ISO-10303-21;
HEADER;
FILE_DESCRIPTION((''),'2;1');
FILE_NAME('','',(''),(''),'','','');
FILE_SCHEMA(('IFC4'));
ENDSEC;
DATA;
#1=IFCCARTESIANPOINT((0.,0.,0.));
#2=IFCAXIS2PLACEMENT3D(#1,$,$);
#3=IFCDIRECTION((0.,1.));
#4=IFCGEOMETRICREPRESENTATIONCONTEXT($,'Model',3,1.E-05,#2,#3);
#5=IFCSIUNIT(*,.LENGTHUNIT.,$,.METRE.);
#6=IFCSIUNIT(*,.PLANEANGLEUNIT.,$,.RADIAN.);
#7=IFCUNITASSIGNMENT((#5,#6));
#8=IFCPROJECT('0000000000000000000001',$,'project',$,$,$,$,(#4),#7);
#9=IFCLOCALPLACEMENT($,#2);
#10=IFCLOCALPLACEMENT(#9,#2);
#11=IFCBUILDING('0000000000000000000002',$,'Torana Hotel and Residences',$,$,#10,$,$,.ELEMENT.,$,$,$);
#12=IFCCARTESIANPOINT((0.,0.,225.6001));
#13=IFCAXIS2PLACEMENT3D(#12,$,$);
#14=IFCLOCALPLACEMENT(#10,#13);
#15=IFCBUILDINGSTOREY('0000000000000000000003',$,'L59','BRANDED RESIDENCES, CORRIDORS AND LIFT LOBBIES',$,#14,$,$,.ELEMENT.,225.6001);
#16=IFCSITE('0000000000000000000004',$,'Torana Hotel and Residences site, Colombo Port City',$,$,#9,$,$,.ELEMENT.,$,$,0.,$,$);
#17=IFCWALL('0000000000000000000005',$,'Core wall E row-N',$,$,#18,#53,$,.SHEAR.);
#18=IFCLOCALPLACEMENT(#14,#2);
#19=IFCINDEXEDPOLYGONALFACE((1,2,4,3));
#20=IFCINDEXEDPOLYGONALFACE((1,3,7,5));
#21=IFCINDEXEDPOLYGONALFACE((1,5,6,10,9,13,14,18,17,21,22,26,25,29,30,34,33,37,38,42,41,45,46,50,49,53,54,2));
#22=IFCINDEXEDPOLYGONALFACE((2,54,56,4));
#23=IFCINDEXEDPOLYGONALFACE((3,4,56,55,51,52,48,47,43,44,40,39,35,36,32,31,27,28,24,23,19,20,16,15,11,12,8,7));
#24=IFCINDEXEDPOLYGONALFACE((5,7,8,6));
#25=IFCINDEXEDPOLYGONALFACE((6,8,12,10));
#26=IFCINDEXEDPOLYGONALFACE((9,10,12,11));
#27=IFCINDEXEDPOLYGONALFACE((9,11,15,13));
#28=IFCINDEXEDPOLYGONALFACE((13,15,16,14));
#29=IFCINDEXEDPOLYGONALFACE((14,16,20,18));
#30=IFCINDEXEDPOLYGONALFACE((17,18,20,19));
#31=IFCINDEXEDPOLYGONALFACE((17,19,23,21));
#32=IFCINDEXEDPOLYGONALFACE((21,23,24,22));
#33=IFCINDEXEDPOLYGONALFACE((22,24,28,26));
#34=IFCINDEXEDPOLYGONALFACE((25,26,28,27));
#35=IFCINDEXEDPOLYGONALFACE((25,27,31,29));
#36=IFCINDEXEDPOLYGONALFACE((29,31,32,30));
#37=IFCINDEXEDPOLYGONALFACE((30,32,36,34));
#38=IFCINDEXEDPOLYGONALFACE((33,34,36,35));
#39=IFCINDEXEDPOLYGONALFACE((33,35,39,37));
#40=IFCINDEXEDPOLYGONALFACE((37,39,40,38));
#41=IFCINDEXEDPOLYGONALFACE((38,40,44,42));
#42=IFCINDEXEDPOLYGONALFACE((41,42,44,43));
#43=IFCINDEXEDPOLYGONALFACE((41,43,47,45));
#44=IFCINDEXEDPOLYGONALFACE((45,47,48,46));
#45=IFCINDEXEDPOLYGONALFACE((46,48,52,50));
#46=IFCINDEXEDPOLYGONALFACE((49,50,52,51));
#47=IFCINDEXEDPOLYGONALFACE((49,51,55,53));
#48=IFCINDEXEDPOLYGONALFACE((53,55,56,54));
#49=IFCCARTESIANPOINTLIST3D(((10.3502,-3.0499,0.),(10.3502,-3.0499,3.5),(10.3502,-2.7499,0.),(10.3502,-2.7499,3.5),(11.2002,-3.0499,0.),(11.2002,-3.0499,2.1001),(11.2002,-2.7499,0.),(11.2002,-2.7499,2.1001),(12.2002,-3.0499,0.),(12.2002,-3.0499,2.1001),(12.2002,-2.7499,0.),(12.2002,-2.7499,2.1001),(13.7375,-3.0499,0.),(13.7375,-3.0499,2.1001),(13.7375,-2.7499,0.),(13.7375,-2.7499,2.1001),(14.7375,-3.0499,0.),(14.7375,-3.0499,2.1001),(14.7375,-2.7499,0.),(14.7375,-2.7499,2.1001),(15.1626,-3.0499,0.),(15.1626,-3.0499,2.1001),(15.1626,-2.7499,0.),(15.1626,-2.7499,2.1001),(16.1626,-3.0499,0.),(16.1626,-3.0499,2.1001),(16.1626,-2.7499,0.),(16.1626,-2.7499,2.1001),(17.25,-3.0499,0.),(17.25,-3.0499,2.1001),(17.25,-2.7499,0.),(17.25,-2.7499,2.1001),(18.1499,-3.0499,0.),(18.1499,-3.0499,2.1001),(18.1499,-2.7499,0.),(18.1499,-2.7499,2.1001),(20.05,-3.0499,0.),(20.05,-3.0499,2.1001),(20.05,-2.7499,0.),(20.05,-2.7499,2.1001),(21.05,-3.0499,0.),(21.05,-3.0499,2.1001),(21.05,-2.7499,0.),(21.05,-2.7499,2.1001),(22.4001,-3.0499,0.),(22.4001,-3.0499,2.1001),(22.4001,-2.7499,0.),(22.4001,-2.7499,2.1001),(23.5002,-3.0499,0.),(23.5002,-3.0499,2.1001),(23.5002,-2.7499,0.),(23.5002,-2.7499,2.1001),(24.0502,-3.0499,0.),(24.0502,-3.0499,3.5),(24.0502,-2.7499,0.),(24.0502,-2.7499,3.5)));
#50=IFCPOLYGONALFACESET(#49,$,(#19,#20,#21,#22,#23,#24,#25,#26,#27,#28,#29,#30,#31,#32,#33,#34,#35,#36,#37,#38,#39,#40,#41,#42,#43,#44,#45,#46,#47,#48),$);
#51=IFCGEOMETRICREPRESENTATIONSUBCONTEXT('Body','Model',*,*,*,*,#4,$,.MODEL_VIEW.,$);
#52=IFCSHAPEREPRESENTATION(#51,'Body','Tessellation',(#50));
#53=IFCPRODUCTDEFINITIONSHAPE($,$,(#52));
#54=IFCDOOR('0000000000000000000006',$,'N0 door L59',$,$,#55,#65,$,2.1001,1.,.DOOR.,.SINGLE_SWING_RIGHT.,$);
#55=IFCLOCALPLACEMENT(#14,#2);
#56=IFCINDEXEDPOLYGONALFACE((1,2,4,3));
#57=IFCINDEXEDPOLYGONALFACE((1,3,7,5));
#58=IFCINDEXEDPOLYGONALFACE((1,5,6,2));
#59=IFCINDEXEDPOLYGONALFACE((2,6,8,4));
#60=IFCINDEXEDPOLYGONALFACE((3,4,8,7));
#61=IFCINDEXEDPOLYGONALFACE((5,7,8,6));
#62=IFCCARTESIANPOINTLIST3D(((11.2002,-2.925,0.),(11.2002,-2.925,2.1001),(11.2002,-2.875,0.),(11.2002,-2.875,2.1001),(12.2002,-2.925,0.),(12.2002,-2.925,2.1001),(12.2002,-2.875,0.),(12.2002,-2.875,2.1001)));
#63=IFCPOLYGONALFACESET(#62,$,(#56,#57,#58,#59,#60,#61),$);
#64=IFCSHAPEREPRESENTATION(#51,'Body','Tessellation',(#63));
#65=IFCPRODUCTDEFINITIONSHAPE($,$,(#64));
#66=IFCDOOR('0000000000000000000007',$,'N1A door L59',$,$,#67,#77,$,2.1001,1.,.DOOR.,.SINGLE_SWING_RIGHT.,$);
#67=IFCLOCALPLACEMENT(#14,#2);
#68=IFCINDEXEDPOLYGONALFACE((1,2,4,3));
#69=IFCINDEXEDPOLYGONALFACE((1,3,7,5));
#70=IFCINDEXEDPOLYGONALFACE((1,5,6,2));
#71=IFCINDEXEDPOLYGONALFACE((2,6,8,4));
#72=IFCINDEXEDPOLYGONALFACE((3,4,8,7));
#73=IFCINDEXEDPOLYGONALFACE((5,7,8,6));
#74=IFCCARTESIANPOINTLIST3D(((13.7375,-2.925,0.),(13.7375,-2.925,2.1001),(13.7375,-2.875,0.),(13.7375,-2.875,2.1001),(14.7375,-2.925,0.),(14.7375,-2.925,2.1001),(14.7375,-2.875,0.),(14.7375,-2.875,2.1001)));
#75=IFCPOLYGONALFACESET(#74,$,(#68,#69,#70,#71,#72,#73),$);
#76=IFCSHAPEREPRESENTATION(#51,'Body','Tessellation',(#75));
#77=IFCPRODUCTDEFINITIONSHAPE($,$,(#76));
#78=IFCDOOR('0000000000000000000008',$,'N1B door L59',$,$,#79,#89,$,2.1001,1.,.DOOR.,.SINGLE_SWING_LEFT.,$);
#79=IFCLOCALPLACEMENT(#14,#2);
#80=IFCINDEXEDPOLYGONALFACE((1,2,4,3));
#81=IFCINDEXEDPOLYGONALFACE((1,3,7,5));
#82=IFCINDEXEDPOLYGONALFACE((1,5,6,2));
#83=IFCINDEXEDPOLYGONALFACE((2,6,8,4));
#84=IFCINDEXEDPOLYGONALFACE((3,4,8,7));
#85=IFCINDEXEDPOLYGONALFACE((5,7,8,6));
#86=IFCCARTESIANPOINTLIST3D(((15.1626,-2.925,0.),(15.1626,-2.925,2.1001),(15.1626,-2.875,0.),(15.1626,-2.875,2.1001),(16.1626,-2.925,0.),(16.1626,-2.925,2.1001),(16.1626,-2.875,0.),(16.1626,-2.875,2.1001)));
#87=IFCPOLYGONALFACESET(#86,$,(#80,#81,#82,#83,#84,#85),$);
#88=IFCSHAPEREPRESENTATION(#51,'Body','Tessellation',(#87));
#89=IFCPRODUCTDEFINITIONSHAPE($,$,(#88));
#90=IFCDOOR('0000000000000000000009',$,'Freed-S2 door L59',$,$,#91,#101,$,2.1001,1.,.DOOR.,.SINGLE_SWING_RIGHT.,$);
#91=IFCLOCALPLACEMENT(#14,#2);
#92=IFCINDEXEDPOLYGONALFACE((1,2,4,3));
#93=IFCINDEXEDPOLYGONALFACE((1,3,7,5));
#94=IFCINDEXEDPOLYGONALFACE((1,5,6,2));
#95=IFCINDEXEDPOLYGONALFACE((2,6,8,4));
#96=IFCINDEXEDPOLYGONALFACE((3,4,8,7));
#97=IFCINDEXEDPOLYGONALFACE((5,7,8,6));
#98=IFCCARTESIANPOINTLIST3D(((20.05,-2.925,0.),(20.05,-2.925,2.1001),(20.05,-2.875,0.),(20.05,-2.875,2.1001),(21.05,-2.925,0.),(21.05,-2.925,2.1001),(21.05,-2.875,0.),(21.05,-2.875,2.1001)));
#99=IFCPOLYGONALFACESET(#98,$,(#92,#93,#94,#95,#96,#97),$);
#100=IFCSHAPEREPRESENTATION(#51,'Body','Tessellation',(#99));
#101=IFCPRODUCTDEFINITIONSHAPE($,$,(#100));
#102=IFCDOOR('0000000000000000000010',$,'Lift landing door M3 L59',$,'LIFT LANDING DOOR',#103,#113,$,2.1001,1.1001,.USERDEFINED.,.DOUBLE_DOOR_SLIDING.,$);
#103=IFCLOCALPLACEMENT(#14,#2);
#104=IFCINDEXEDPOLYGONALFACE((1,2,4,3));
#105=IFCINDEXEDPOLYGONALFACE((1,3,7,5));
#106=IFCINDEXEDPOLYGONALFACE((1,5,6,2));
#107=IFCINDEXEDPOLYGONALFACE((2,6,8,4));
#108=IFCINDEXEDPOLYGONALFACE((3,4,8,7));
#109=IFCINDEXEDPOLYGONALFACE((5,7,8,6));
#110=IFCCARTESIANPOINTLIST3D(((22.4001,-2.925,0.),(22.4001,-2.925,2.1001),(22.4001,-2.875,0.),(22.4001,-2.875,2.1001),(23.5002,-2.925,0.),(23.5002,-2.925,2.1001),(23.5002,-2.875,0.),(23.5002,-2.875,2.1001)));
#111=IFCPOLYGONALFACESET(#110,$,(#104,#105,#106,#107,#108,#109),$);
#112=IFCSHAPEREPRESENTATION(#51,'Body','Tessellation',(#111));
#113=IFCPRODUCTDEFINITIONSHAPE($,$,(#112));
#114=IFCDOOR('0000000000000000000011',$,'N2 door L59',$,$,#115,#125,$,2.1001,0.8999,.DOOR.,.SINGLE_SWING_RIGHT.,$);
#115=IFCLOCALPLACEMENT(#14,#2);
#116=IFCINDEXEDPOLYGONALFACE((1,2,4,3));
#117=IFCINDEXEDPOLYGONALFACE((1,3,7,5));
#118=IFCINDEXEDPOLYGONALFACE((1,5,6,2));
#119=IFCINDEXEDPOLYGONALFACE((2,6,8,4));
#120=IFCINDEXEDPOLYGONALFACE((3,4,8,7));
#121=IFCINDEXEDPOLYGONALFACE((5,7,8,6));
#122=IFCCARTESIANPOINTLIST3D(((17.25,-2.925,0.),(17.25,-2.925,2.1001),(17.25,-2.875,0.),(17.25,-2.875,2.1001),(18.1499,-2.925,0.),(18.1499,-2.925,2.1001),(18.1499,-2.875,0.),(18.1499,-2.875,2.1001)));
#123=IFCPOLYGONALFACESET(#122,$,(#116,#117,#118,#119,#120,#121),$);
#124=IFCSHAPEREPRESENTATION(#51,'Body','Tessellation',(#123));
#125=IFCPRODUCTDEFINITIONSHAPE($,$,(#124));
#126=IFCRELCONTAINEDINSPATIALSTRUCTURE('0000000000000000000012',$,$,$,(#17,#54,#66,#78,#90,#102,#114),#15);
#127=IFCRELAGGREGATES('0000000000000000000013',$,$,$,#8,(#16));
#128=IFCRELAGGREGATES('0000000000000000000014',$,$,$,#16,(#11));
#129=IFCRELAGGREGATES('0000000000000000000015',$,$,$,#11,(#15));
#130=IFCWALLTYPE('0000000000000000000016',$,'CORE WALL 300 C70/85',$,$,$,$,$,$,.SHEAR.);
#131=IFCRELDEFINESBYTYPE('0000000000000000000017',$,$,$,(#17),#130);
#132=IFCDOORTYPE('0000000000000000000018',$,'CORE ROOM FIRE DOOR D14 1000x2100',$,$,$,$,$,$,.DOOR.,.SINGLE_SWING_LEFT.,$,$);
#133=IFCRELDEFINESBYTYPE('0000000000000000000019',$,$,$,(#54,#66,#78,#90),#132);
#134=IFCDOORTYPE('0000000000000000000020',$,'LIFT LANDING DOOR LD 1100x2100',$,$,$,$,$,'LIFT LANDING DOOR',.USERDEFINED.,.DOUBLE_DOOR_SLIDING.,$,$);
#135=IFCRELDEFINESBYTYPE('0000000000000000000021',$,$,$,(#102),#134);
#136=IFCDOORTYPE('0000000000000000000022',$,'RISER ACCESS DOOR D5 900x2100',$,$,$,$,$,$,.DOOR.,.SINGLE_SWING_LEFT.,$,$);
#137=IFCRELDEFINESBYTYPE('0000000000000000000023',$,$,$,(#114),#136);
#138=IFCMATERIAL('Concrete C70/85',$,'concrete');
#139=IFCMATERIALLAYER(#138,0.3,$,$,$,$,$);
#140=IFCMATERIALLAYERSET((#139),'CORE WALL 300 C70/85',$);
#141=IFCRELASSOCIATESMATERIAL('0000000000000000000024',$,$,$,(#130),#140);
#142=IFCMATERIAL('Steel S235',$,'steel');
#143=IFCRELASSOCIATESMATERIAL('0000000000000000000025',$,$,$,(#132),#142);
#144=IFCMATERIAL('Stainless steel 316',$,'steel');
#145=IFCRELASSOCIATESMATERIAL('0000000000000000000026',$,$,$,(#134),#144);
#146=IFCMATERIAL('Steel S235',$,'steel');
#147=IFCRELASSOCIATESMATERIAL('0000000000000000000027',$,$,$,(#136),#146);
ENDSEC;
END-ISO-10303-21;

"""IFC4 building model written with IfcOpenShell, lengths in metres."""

from ifc_helpers import new_model, si_unit, direction, frame, frame_2d, origin, place, context, subcontext, project, spatial, rectangle, extrude, material, layer, layer_set, type_object, element, fill, save


model = new_model("IFC4")

# Units and contexts
model_context = context("Model", 3, precision=1e-05, world=origin(), true_north=direction((0.0, 1.0)))
body_context = subcontext(model_context, "Body", "Model", "MODEL_VIEW")
ifc_project = project(units=[si_unit("LENGTHUNIT", "METRE"), si_unit("PLANEANGLEUNIT", "RADIAN")], contexts=[model_context])

# Site, building, storey
site_placement = place(None, origin())
site = spatial("IfcSite", under=ifc_project, at=site_placement, Name="Torana Hotel and Residences site, Colombo Port City", CompositionType="ELEMENT", RefElevation=0.0)
building_placement = place(site_placement, origin())
building = spatial("IfcBuilding", under=site, at=building_placement, Name="Torana Hotel and Residences", CompositionType="ELEMENT")
storey_placement = place(building_placement, frame((0.0, 0.0, 225.6001)))
storey = spatial("IfcBuildingStorey", under=building, at=storey_placement, Name="L59", Description="BRANDED RESIDENCES, CORRIDORS AND LIFT LOBBIES", CompositionType="ELEMENT", Elevation=225.6001)

# Wall, openings, doors
ifc_material_1 = material(Name="Concrete C70/85", Category="concrete")
ifc_layer_1 = layer(ifc_material_1, 0.3)
ifc_layer_set_1 = layer_set([ifc_layer_1], Name="CORE WALL 300 C70/85")
wall_type_1 = type_object("IfcWallType", Name="CORE WALL 300 C70/85", PredefinedType="SHEAR", material=ifc_layer_set_1)
wall_1_placement = place(storey_placement, frame((10.3501, -2.8999, 0.0), z_axis=(0.0, 0.0, 1.0), x_axis=(1.0, 0.0, 0.0)))
wall_1 = element("IfcWall", 1, at=wall_1_placement, inside=storey, type_object=wall_type_1, Name="Core wall E row-N", PredefinedType="SHEAR", context=body_context, shape_type="SweptSolid", body=[
    extrude(rectangle(XDim=13.7, YDim=0.3, at=frame_2d((6.8501, 0.0))), origin(), (0.0, 0.0, 1.0), 3.5),
])
opening_1_placement = place(wall_1_placement, frame((12.05, 0.0, 0.0)))
opening_1 = element("IfcOpeningElement", 2, at=opening_1_placement, cuts=wall_1, PredefinedType="OPENING", context=body_context, shape_type="SweptSolid", body=[
    extrude(rectangle(XDim=1.1001, YDim=2.1001, at=frame_2d((0.55, 1.05))), frame((0.0, 0.1599, 0.0), z_axis=(0.0, -1.0, 0.0), x_axis=(1.0, 0.0, 0.0)), (0.0, 0.0, 1.0), 0.3201),
])
opening_2_placement = place(wall_1_placement, frame((6.8999, 0.0, 0.0)))
opening_2 = element("IfcOpeningElement", 3, at=opening_2_placement, cuts=wall_1, PredefinedType="OPENING", context=body_context, shape_type="SweptSolid", body=[
    extrude(rectangle(XDim=0.8999, YDim=2.1001, at=frame_2d((0.45, 1.05))), frame((0.0, 0.1599, 0.0), z_axis=(0.0, -1.0, 0.0), x_axis=(1.0, 0.0, 0.0)), (0.0, 0.0, 1.0), 0.3201),
])
opening_3_placement = place(wall_1_placement, frame((0.8501, 0.0, 0.0)))
opening_3 = element("IfcOpeningElement", 4, at=opening_3_placement, cuts=wall_1, PredefinedType="OPENING", context=body_context, shape_type="SweptSolid", body=[
    extrude(rectangle(XDim=1.0, YDim=2.1001, at=frame_2d((0.5, 1.05))), frame((0.0, 0.1599, 0.0), z_axis=(0.0, -1.0, 0.0), x_axis=(1.0, 0.0, 0.0)), (0.0, 0.0, 1.0), 0.3201),
])
opening_4_placement = place(wall_1_placement, frame((3.3875, 0.0, 0.0)))
opening_4 = element("IfcOpeningElement", 5, at=opening_4_placement, cuts=wall_1, PredefinedType="OPENING", context=body_context, shape_type="SweptSolid", body=[
    extrude(rectangle(XDim=1.0, YDim=2.1001, at=frame_2d((0.5, 1.05))), frame((0.0, 0.1599, 0.0), z_axis=(0.0, -1.0, 0.0), x_axis=(1.0, 0.0, 0.0)), (0.0, 0.0, 1.0), 0.3201),
])
opening_5_placement = place(wall_1_placement, frame((4.8125, 0.0, 0.0)))
opening_5 = element("IfcOpeningElement", 6, at=opening_5_placement, cuts=wall_1, PredefinedType="OPENING", context=body_context, shape_type="SweptSolid", body=[
    extrude(rectangle(XDim=1.0, YDim=2.1001, at=frame_2d((0.5, 1.05))), frame((0.0, 0.1599, 0.0), z_axis=(0.0, -1.0, 0.0), x_axis=(1.0, 0.0, 0.0)), (0.0, 0.0, 1.0), 0.3201),
])
opening_6_placement = place(wall_1_placement, frame((9.7, 0.0, 0.0)))
opening_6 = element("IfcOpeningElement", 7, at=opening_6_placement, cuts=wall_1, PredefinedType="OPENING", context=body_context, shape_type="SweptSolid", body=[
    extrude(rectangle(XDim=1.0, YDim=2.1001, at=frame_2d((0.5, 1.05))), frame((0.0, 0.1599, 0.0), z_axis=(0.0, -1.0, 0.0), x_axis=(1.0, 0.0, 0.0)), (0.0, 0.0, 1.0), 0.3201),
])
ifc_material_2 = material(Name="Steel S235", Category="steel")
door_type_1 = type_object("IfcDoorType", Name="CORE ROOM FIRE DOOR D14 1000x2100", OperationType="SINGLE_SWING_LEFT", PredefinedType="DOOR", material=ifc_material_2)
door_1_placement = place(opening_3_placement, origin())
door_1 = element("IfcDoor", 8, at=door_1_placement, inside=storey, type_object=door_type_1, Name="N0 door L59", OperationType="SINGLE_SWING_RIGHT", OverallHeight=2.1001, OverallWidth=1.0, PredefinedType="DOOR", context=body_context, shape_type="SweptSolid", body=[
    extrude(rectangle(XDim=1.0, YDim=2.1001, at=frame_2d((0.5, 1.05))), frame((0.0, 0.0249, 0.0), z_axis=(0.0, -1.0, 0.0), x_axis=(1.0, 0.0, 0.0)), (0.0, 0.0, 1.0), 0.05),
])
fill(opening_3, door_1)
door_2_placement = place(opening_4_placement, origin())
door_2 = element("IfcDoor", 9, at=door_2_placement, inside=storey, type_object=door_type_1, Name="N1A door L59", OperationType="SINGLE_SWING_RIGHT", OverallHeight=2.1001, OverallWidth=1.0, PredefinedType="DOOR", context=body_context, shape_type="SweptSolid", body=[
    extrude(rectangle(XDim=1.0, YDim=2.1001, at=frame_2d((0.5, 1.05))), frame((0.0, 0.0249, 0.0), z_axis=(0.0, -1.0, 0.0), x_axis=(1.0, 0.0, 0.0)), (0.0, 0.0, 1.0), 0.05),
])
fill(opening_4, door_2)
door_3_placement = place(opening_5_placement, origin())
door_3 = element("IfcDoor", 10, at=door_3_placement, inside=storey, type_object=door_type_1, Name="N1B door L59", OperationType="SINGLE_SWING_LEFT", OverallHeight=2.1001, OverallWidth=1.0, PredefinedType="DOOR", context=body_context, shape_type="SweptSolid", body=[
    extrude(rectangle(XDim=1.0, YDim=2.1001, at=frame_2d((0.5, 1.05))), frame((0.0, 0.0249, 0.0), z_axis=(0.0, -1.0, 0.0), x_axis=(1.0, 0.0, 0.0)), (0.0, 0.0, 1.0), 0.05),
])
fill(opening_5, door_3)
door_4_placement = place(opening_6_placement, origin())
door_4 = element("IfcDoor", 11, at=door_4_placement, inside=storey, type_object=door_type_1, Name="Freed-S2 door L59", OperationType="SINGLE_SWING_RIGHT", OverallHeight=2.1001, OverallWidth=1.0, PredefinedType="DOOR", context=body_context, shape_type="SweptSolid", body=[
    extrude(rectangle(XDim=1.0, YDim=2.1001, at=frame_2d((0.5, 1.05))), frame((0.0, 0.0249, 0.0), z_axis=(0.0, -1.0, 0.0), x_axis=(1.0, 0.0, 0.0)), (0.0, 0.0, 1.0), 0.05),
])
fill(opening_6, door_4)
ifc_material_3 = material(Name="Stainless steel 316", Category="steel")
door_type_2 = type_object("IfcDoorType", Name="LIFT LANDING DOOR LD 1100x2100", ElementType="LIFT LANDING DOOR", OperationType="DOUBLE_DOOR_SLIDING", PredefinedType="USERDEFINED", material=ifc_material_3)
door_5_placement = place(opening_1_placement, origin())
door_5 = element("IfcDoor", 12, at=door_5_placement, inside=storey, type_object=door_type_2, Name="Lift landing door M3 L59", ObjectType="LIFT LANDING DOOR", OperationType="DOUBLE_DOOR_SLIDING", OverallHeight=2.1001, OverallWidth=1.1001, PredefinedType="USERDEFINED", context=body_context, shape_type="SweptSolid", body=[
    extrude(rectangle(XDim=1.1001, YDim=2.1001, at=frame_2d((0.55, 1.05))), frame((0.0, 0.0249, 0.0), z_axis=(0.0, -1.0, 0.0), x_axis=(1.0, 0.0, 0.0)), (0.0, 0.0, 1.0), 0.05),
])
fill(opening_1, door_5)
ifc_material_4 = material(Name="Steel S235", Category="steel")
door_type_3 = type_object("IfcDoorType", Name="RISER ACCESS DOOR D5 900x2100", OperationType="SINGLE_SWING_LEFT", PredefinedType="DOOR", material=ifc_material_4)
door_6_placement = place(opening_2_placement, origin())
door_6 = element("IfcDoor", 13, at=door_6_placement, inside=storey, type_object=door_type_3, Name="N2 door L59", OperationType="SINGLE_SWING_RIGHT", OverallHeight=2.1001, OverallWidth=0.8999, PredefinedType="DOOR", context=body_context, shape_type="SweptSolid", body=[
    extrude(rectangle(XDim=0.8999, YDim=2.1001, at=frame_2d((0.45, 1.05))), frame((0.0, 0.0249, 0.0), z_axis=(0.0, -1.0, 0.0), x_axis=(1.0, 0.0, 0.0)), (0.0, 0.0, 1.0), 0.05),
])
fill(opening_2, door_6)

save(model, "model.ifc")
